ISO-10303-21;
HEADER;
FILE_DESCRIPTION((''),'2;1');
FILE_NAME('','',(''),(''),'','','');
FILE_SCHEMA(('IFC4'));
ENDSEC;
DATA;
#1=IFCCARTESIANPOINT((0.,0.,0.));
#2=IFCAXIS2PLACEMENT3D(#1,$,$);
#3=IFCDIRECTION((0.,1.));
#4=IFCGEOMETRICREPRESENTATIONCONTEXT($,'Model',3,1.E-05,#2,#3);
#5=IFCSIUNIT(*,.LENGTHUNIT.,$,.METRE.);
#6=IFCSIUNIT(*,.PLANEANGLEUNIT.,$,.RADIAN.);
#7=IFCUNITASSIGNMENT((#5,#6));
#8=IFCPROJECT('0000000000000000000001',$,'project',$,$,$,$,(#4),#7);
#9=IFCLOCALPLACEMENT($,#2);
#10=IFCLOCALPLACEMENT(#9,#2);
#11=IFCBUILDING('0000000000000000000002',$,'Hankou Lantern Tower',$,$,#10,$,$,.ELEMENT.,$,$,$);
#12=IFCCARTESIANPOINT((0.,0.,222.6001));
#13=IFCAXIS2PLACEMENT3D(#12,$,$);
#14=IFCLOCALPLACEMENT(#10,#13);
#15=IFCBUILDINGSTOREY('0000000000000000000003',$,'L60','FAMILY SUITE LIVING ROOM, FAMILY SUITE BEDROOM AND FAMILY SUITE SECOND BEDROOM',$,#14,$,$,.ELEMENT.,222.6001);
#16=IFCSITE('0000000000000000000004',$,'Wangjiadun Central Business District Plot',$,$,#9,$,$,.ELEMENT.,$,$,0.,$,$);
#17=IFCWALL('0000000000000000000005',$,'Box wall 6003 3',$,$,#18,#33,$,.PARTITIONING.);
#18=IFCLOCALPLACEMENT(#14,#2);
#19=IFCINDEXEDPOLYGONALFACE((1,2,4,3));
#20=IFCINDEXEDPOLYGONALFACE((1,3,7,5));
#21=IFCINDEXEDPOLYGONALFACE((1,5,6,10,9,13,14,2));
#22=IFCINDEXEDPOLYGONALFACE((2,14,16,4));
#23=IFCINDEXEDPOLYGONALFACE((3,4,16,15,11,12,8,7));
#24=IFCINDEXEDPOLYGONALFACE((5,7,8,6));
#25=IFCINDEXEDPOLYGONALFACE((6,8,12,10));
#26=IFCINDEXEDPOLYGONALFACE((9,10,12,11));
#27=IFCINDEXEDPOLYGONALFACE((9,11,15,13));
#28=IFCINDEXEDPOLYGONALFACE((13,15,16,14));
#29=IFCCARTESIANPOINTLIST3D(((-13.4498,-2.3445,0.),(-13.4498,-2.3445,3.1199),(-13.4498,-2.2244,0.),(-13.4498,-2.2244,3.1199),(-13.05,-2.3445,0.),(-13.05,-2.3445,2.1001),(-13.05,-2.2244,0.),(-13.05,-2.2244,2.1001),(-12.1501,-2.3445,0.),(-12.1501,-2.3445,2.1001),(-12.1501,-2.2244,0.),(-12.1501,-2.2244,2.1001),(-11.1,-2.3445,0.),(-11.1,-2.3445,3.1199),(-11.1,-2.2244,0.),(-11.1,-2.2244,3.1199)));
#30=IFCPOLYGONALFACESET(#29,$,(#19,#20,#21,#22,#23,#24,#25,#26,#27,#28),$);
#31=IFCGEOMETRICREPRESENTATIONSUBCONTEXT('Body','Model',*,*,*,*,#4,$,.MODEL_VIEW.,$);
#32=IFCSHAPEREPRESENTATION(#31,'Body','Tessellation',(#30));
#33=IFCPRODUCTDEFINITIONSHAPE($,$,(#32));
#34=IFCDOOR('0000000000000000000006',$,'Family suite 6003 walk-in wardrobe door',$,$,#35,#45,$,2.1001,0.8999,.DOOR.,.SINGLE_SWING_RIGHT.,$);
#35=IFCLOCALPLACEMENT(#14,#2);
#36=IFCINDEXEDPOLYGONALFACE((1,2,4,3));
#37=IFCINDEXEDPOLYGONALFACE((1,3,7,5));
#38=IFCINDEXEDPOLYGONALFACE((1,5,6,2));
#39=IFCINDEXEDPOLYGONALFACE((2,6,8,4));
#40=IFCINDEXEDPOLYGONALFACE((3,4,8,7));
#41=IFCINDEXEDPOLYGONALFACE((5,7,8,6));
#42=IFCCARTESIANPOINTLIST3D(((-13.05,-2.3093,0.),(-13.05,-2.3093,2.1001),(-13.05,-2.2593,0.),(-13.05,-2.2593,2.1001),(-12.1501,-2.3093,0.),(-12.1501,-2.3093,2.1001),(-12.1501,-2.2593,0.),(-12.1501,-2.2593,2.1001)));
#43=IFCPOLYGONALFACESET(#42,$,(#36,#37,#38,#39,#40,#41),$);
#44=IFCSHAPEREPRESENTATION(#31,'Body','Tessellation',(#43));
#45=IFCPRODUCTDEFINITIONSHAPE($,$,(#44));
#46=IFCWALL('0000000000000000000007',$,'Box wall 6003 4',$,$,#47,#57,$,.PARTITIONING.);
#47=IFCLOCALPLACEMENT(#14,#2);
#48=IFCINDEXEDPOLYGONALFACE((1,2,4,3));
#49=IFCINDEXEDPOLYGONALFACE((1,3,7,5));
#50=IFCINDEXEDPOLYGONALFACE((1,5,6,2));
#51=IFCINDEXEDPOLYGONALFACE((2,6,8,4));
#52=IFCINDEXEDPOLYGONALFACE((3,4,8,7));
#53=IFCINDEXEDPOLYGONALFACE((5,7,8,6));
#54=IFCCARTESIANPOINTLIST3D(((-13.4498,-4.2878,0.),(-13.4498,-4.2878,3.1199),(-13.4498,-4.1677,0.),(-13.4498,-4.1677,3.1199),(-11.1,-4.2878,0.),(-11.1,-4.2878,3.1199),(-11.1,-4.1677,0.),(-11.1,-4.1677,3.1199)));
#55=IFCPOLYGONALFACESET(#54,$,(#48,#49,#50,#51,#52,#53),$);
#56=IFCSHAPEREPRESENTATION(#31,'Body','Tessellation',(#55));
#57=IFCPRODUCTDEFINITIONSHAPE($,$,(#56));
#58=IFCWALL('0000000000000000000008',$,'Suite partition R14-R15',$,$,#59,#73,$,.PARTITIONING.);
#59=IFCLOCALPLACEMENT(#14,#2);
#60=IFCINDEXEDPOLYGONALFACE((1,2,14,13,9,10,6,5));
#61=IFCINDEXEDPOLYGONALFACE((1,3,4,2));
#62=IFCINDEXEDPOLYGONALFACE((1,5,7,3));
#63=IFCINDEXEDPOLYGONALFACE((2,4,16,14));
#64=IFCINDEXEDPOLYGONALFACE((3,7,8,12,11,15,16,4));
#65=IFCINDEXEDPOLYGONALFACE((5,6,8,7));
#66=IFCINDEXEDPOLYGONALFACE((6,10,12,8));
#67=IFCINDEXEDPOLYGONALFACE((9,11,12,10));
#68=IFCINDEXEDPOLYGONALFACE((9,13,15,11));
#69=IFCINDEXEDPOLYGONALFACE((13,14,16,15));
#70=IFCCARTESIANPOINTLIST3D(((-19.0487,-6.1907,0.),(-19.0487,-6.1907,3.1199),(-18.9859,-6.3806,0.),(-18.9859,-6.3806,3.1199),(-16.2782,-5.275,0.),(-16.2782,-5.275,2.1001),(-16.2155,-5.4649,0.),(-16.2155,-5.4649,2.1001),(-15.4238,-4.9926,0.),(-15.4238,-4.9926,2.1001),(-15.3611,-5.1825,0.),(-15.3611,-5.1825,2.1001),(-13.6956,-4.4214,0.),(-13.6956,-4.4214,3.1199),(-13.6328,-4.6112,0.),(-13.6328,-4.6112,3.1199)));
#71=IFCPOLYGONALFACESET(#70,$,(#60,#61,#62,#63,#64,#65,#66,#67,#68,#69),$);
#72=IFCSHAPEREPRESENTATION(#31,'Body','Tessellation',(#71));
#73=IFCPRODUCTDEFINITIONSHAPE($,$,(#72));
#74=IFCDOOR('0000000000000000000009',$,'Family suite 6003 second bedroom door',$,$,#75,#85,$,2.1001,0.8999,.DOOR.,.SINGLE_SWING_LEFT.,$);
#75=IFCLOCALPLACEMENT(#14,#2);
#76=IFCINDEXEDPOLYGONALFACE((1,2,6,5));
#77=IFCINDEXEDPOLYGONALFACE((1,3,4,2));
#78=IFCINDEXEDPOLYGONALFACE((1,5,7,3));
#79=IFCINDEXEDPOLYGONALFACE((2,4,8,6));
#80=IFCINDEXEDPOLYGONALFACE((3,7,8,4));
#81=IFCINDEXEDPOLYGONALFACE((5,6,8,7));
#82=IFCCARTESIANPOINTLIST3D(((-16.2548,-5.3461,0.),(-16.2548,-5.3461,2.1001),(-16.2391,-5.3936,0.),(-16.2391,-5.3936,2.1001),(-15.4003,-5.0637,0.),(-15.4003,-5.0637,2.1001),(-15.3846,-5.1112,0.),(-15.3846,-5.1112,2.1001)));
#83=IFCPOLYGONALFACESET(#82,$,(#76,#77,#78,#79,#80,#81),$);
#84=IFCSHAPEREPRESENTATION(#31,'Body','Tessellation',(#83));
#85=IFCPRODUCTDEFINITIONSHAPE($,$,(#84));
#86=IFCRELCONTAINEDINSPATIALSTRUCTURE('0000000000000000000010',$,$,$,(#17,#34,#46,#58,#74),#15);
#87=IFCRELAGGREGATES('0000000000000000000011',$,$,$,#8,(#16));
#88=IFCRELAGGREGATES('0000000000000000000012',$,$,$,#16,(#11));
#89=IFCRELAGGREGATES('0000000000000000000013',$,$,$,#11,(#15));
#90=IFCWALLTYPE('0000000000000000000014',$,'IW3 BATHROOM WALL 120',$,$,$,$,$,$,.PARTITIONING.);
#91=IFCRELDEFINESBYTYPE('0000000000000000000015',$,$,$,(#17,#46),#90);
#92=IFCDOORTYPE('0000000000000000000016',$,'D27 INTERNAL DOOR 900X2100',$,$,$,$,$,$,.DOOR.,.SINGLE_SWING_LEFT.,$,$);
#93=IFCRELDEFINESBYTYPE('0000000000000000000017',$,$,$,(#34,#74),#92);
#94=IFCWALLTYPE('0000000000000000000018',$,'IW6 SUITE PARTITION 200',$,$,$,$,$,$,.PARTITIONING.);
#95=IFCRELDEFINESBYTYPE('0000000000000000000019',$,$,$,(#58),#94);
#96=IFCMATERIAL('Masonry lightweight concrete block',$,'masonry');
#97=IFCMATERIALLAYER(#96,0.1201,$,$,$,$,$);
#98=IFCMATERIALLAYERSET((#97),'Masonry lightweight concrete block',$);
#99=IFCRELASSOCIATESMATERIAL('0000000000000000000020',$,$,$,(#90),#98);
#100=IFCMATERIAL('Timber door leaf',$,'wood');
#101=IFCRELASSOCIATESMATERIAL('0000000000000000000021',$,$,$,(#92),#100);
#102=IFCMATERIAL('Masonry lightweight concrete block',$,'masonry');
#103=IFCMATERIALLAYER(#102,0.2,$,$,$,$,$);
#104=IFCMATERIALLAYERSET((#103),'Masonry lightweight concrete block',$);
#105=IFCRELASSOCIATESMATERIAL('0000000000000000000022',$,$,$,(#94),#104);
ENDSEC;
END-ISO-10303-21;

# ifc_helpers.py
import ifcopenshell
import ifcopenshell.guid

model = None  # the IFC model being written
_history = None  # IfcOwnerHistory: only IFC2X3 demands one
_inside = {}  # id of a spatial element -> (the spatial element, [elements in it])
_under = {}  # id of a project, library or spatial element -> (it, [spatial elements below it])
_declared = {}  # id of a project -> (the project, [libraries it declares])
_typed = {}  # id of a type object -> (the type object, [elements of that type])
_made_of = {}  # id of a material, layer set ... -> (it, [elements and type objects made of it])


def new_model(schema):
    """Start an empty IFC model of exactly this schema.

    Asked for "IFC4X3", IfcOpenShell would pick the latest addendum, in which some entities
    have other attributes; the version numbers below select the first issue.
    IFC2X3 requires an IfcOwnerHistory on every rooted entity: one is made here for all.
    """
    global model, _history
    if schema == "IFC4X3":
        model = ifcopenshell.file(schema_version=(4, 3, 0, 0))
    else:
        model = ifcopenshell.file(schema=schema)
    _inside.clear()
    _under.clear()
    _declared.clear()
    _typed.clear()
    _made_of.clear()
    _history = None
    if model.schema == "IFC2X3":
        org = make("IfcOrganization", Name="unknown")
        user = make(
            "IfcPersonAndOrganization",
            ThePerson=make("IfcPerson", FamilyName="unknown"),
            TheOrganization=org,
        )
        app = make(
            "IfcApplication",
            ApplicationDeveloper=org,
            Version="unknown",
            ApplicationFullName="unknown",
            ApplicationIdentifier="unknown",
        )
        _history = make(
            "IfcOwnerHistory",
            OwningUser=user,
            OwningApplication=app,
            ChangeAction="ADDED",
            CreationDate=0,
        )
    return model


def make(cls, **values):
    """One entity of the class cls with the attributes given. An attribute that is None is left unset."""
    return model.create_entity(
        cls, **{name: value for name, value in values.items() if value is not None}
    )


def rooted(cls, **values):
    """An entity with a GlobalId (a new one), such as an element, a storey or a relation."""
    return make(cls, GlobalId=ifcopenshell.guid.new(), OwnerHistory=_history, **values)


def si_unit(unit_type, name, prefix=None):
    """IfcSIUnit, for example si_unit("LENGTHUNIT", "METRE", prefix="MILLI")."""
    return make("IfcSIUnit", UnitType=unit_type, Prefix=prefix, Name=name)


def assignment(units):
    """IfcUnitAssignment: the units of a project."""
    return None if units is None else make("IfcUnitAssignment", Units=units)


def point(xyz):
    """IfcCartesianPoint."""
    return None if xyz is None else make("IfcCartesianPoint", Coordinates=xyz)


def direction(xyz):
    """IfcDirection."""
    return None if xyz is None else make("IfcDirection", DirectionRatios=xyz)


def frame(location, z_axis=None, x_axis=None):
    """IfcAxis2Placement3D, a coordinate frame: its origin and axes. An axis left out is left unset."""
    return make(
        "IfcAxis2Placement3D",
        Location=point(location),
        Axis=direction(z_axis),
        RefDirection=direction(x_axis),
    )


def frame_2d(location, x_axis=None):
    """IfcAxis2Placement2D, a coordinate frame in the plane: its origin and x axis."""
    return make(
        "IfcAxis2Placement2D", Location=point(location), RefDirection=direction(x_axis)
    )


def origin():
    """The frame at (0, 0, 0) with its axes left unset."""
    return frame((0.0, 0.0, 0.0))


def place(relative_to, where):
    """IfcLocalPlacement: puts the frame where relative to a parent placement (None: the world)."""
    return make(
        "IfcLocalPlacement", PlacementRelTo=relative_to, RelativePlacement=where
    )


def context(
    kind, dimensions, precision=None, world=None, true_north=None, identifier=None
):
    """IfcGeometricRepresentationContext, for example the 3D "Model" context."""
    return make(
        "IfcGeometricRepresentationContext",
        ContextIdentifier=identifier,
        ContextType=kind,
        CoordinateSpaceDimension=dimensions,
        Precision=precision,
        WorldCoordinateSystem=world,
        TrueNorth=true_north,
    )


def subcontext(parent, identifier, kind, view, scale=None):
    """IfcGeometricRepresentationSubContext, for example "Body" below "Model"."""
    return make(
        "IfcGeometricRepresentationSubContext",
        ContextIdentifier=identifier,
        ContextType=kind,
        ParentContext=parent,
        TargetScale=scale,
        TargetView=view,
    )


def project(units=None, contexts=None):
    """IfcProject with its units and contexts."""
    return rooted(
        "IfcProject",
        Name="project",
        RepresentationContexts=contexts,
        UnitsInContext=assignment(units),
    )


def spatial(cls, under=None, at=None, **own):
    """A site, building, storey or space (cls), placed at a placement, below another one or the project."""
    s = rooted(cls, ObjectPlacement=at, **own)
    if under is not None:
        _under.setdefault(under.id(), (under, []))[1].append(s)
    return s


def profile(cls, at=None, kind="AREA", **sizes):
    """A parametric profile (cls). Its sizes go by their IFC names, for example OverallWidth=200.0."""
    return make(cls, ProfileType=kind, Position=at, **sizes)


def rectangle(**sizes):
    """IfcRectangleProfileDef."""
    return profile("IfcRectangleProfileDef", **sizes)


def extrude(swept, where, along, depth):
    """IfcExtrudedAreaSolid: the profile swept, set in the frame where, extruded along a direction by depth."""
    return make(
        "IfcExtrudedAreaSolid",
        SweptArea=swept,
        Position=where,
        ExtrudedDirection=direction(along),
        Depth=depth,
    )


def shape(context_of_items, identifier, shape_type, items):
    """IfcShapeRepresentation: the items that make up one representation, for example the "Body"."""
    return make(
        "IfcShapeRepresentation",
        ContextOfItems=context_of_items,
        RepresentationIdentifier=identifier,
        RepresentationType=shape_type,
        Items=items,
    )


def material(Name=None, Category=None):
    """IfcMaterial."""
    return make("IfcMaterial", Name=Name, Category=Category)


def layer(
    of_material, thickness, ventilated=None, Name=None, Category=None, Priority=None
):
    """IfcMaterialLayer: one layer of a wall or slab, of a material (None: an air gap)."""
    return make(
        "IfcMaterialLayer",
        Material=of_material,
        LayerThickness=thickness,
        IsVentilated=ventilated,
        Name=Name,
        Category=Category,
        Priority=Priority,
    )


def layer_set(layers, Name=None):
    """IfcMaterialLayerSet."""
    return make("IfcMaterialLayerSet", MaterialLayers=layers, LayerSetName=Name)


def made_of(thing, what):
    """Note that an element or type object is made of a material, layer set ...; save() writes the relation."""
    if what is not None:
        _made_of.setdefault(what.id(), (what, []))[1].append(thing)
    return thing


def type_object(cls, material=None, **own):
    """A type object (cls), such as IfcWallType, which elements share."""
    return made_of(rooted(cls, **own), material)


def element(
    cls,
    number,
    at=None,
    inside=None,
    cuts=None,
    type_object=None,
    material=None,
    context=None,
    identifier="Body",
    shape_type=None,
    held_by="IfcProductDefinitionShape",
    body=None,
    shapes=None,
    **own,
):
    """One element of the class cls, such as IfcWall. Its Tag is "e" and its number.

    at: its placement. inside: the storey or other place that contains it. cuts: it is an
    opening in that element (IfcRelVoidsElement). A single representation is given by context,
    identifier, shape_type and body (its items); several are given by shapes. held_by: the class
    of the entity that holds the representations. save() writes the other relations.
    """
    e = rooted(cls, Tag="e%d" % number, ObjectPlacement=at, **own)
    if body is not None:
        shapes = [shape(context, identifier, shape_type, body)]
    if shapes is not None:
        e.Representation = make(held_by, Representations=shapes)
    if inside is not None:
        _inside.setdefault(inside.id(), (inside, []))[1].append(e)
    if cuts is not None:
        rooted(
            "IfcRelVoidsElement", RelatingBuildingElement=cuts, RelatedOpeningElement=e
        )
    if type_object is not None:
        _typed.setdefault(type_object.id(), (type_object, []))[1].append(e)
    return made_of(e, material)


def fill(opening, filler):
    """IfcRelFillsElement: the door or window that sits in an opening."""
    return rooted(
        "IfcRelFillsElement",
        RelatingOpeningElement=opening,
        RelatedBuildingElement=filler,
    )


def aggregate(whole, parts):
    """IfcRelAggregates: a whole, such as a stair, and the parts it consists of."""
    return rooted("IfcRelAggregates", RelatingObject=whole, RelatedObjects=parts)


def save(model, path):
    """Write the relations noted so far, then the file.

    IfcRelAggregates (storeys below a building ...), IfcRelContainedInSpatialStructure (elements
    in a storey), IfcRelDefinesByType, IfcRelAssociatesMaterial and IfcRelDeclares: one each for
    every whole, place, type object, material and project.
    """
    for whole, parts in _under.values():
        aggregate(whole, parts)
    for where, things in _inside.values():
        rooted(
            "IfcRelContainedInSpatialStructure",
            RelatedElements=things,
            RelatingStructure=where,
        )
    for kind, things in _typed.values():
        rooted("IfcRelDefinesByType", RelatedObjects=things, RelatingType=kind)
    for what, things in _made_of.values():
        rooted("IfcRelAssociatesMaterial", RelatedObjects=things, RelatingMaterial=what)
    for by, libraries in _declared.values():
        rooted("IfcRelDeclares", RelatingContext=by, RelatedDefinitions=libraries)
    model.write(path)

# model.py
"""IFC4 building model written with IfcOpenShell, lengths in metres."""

from ifc_helpers import new_model, si_unit, direction, frame, frame_2d, origin, place, context, subcontext, project, spatial, rectangle, extrude, material, layer, layer_set, type_object, element, fill, save


model = new_model("IFC4")

# Units and contexts
model_context = context("Model", 3, precision=1e-05, world=origin(), true_north=direction((0.0, 1.0)))
body_context = subcontext(model_context, "Body", "Model", "MODEL_VIEW")
ifc_project = project(units=[si_unit("LENGTHUNIT", "METRE"), si_unit("PLANEANGLEUNIT", "RADIAN")], contexts=[model_context])

# Site, building, storey
site_placement = place(None, origin())
site = spatial("IfcSite", under=ifc_project, at=site_placement, Name="Wangjiadun Central Business District Plot", CompositionType="ELEMENT", RefElevation=0.0)
building_placement = place(site_placement, origin())
building = spatial("IfcBuilding", under=site, at=building_placement, Name="Hankou Lantern Tower", CompositionType="ELEMENT")
storey_placement = place(building_placement, frame((0.0, 0.0, 222.6001)))
storey = spatial("IfcBuildingStorey", under=building, at=storey_placement, Name="L60", Description="FAMILY SUITE LIVING ROOM, FAMILY SUITE BEDROOM AND FAMILY SUITE SECOND BEDROOM", CompositionType="ELEMENT", Elevation=222.6001)

# Wall, opening, door
ifc_material_1 = material(Name="Masonry lightweight concrete block", Category="masonry")
ifc_layer_1 = layer(ifc_material_1, 0.1201)
ifc_layer_set_1 = layer_set([ifc_layer_1], Name="Masonry lightweight concrete block")
wall_type_1 = type_object("IfcWallType", Name="IW3 BATHROOM WALL 120", PredefinedType="PARTITIONING", material=ifc_layer_set_1)
wall_1_placement = place(storey_placement, frame((-11.1001, -2.2844, 0.0), z_axis=(0.0, 0.0, 1.0), x_axis=(-1.0, 0.0, 0.0)))
wall_1 = element("IfcWall", 1, at=wall_1_placement, inside=storey, type_object=wall_type_1, Name="Box wall 6003 3", PredefinedType="PARTITIONING", context=body_context, shape_type="SweptSolid", body=[
    extrude(rectangle(XDim=2.3499, YDim=0.1201, at=frame_2d((1.1748, 0.0))), origin(), (0.0, 0.0, 1.0), 3.1199),
])
opening_1_placement = place(wall_1_placement, frame((1.05, 0.0, 0.0)))
opening_1 = element("IfcOpeningElement", 2, at=opening_1_placement, cuts=wall_1, PredefinedType="OPENING", context=body_context, shape_type="SweptSolid", body=[
    extrude(rectangle(XDim=0.8999, YDim=2.1001, at=frame_2d((0.45, 1.05))), frame((0.0, 0.0701, 0.0), z_axis=(0.0, -1.0, 0.0), x_axis=(1.0, 0.0, 0.0)), (0.0, 0.0, 1.0), 0.1401),
])
ifc_material_2 = material(Name="Timber door leaf", Category="wood")
door_type_1 = type_object("IfcDoorType", Name="D27 INTERNAL DOOR 900X2100", OperationType="SINGLE_SWING_LEFT", PredefinedType="DOOR", material=ifc_material_2)
door_1_placement = place(opening_1_placement, origin())
door_1 = element("IfcDoor", 3, at=door_1_placement, inside=storey, type_object=door_type_1, Name="Family suite 6003 walk-in wardrobe door", OperationType="SINGLE_SWING_RIGHT", OverallHeight=2.1001, OverallWidth=0.8999, PredefinedType="DOOR", context=body_context, shape_type="SweptSolid", body=[
    extrude(rectangle(XDim=0.8999, YDim=2.1001, at=frame_2d((0.45, 1.05))), frame((0.0, 0.0249, 0.0), z_axis=(0.0, -1.0, 0.0), x_axis=(1.0, 0.0, 0.0)), (0.0, 0.0, 1.0), 0.05),
])
fill(opening_1, door_1)

# Wall
wall_2_placement = place(storey_placement, frame((-11.1001, -4.2278, 0.0), z_axis=(0.0, 0.0, 1.0), x_axis=(-1.0, 0.0, 0.0)))
element("IfcWall", 4, at=wall_2_placement, inside=storey, type_object=wall_type_1, Name="Box wall 6003 4", PredefinedType="PARTITIONING", context=body_context, shape_type="SweptSolid", body=[
    extrude(rectangle(XDim=2.3499, YDim=0.1201, at=frame_2d((1.1748, 0.0))), origin(), (0.0, 0.0, 1.0), 3.1199),
])

# Wall, opening, door
ifc_material_3 = material(Name="Masonry lightweight concrete block", Category="masonry")
ifc_layer_2 = layer(ifc_material_3, 0.2)
ifc_layer_set_2 = layer_set([ifc_layer_2], Name="Masonry lightweight concrete block")
wall_type_2 = type_object("IfcWallType", Name="IW6 SUITE PARTITION 200", PredefinedType="PARTITIONING", material=ifc_layer_set_2)
wall_3_placement = place(storey_placement, frame((-13.6643, -4.5164, 0.0), z_axis=(0.0, 0.0, 1.0), x_axis=(-0.949481, -0.313823, 0.0)))
wall_3 = element("IfcWall", 5, at=wall_3_placement, inside=storey, type_object=wall_type_2, Name="Suite partition R14-R15", PredefinedType="PARTITIONING", context=body_context, shape_type="SweptSolid", body=[
    extrude(rectangle(XDim=5.6379, YDim=0.2, at=frame_2d((2.8188, 0.0))), origin(), (0.0, 0.0, 1.0), 3.1199),
])
opening_2_placement = place(wall_3_placement, frame((1.8201, 0.0, 0.0)))
opening_2 = element("IfcOpeningElement", 6, at=opening_2_placement, cuts=wall_3, PredefinedType="OPENING", context=body_context, shape_type="SweptSolid", body=[
    extrude(rectangle(XDim=0.8999, YDim=2.1001, at=frame_2d((0.45, 1.05))), frame((0.0, 0.1099, 0.0), z_axis=(0.0, -1.0, 0.0), x_axis=(1.0, 0.0, 0.0)), (0.0, 0.0, 1.0), 0.22),
])
door_2_placement = place(opening_2_placement, origin())
door_2 = element("IfcDoor", 7, at=door_2_placement, inside=storey, type_object=door_type_1, Name="Family suite 6003 second bedroom door", OperationType="SINGLE_SWING_LEFT", OverallHeight=2.1001, OverallWidth=0.8999, PredefinedType="DOOR", context=body_context, shape_type="SweptSolid", body=[
    extrude(rectangle(XDim=0.8999, YDim=2.1001, at=frame_2d((0.45, 1.05))), frame((0.0, 0.0249, 0.0), z_axis=(0.0, -1.0, 0.0), x_axis=(1.0, 0.0, 0.0)), (0.0, 0.0, 1.0), 0.05),
])
fill(opening_2, door_2)

save(model, "model.ifc")
